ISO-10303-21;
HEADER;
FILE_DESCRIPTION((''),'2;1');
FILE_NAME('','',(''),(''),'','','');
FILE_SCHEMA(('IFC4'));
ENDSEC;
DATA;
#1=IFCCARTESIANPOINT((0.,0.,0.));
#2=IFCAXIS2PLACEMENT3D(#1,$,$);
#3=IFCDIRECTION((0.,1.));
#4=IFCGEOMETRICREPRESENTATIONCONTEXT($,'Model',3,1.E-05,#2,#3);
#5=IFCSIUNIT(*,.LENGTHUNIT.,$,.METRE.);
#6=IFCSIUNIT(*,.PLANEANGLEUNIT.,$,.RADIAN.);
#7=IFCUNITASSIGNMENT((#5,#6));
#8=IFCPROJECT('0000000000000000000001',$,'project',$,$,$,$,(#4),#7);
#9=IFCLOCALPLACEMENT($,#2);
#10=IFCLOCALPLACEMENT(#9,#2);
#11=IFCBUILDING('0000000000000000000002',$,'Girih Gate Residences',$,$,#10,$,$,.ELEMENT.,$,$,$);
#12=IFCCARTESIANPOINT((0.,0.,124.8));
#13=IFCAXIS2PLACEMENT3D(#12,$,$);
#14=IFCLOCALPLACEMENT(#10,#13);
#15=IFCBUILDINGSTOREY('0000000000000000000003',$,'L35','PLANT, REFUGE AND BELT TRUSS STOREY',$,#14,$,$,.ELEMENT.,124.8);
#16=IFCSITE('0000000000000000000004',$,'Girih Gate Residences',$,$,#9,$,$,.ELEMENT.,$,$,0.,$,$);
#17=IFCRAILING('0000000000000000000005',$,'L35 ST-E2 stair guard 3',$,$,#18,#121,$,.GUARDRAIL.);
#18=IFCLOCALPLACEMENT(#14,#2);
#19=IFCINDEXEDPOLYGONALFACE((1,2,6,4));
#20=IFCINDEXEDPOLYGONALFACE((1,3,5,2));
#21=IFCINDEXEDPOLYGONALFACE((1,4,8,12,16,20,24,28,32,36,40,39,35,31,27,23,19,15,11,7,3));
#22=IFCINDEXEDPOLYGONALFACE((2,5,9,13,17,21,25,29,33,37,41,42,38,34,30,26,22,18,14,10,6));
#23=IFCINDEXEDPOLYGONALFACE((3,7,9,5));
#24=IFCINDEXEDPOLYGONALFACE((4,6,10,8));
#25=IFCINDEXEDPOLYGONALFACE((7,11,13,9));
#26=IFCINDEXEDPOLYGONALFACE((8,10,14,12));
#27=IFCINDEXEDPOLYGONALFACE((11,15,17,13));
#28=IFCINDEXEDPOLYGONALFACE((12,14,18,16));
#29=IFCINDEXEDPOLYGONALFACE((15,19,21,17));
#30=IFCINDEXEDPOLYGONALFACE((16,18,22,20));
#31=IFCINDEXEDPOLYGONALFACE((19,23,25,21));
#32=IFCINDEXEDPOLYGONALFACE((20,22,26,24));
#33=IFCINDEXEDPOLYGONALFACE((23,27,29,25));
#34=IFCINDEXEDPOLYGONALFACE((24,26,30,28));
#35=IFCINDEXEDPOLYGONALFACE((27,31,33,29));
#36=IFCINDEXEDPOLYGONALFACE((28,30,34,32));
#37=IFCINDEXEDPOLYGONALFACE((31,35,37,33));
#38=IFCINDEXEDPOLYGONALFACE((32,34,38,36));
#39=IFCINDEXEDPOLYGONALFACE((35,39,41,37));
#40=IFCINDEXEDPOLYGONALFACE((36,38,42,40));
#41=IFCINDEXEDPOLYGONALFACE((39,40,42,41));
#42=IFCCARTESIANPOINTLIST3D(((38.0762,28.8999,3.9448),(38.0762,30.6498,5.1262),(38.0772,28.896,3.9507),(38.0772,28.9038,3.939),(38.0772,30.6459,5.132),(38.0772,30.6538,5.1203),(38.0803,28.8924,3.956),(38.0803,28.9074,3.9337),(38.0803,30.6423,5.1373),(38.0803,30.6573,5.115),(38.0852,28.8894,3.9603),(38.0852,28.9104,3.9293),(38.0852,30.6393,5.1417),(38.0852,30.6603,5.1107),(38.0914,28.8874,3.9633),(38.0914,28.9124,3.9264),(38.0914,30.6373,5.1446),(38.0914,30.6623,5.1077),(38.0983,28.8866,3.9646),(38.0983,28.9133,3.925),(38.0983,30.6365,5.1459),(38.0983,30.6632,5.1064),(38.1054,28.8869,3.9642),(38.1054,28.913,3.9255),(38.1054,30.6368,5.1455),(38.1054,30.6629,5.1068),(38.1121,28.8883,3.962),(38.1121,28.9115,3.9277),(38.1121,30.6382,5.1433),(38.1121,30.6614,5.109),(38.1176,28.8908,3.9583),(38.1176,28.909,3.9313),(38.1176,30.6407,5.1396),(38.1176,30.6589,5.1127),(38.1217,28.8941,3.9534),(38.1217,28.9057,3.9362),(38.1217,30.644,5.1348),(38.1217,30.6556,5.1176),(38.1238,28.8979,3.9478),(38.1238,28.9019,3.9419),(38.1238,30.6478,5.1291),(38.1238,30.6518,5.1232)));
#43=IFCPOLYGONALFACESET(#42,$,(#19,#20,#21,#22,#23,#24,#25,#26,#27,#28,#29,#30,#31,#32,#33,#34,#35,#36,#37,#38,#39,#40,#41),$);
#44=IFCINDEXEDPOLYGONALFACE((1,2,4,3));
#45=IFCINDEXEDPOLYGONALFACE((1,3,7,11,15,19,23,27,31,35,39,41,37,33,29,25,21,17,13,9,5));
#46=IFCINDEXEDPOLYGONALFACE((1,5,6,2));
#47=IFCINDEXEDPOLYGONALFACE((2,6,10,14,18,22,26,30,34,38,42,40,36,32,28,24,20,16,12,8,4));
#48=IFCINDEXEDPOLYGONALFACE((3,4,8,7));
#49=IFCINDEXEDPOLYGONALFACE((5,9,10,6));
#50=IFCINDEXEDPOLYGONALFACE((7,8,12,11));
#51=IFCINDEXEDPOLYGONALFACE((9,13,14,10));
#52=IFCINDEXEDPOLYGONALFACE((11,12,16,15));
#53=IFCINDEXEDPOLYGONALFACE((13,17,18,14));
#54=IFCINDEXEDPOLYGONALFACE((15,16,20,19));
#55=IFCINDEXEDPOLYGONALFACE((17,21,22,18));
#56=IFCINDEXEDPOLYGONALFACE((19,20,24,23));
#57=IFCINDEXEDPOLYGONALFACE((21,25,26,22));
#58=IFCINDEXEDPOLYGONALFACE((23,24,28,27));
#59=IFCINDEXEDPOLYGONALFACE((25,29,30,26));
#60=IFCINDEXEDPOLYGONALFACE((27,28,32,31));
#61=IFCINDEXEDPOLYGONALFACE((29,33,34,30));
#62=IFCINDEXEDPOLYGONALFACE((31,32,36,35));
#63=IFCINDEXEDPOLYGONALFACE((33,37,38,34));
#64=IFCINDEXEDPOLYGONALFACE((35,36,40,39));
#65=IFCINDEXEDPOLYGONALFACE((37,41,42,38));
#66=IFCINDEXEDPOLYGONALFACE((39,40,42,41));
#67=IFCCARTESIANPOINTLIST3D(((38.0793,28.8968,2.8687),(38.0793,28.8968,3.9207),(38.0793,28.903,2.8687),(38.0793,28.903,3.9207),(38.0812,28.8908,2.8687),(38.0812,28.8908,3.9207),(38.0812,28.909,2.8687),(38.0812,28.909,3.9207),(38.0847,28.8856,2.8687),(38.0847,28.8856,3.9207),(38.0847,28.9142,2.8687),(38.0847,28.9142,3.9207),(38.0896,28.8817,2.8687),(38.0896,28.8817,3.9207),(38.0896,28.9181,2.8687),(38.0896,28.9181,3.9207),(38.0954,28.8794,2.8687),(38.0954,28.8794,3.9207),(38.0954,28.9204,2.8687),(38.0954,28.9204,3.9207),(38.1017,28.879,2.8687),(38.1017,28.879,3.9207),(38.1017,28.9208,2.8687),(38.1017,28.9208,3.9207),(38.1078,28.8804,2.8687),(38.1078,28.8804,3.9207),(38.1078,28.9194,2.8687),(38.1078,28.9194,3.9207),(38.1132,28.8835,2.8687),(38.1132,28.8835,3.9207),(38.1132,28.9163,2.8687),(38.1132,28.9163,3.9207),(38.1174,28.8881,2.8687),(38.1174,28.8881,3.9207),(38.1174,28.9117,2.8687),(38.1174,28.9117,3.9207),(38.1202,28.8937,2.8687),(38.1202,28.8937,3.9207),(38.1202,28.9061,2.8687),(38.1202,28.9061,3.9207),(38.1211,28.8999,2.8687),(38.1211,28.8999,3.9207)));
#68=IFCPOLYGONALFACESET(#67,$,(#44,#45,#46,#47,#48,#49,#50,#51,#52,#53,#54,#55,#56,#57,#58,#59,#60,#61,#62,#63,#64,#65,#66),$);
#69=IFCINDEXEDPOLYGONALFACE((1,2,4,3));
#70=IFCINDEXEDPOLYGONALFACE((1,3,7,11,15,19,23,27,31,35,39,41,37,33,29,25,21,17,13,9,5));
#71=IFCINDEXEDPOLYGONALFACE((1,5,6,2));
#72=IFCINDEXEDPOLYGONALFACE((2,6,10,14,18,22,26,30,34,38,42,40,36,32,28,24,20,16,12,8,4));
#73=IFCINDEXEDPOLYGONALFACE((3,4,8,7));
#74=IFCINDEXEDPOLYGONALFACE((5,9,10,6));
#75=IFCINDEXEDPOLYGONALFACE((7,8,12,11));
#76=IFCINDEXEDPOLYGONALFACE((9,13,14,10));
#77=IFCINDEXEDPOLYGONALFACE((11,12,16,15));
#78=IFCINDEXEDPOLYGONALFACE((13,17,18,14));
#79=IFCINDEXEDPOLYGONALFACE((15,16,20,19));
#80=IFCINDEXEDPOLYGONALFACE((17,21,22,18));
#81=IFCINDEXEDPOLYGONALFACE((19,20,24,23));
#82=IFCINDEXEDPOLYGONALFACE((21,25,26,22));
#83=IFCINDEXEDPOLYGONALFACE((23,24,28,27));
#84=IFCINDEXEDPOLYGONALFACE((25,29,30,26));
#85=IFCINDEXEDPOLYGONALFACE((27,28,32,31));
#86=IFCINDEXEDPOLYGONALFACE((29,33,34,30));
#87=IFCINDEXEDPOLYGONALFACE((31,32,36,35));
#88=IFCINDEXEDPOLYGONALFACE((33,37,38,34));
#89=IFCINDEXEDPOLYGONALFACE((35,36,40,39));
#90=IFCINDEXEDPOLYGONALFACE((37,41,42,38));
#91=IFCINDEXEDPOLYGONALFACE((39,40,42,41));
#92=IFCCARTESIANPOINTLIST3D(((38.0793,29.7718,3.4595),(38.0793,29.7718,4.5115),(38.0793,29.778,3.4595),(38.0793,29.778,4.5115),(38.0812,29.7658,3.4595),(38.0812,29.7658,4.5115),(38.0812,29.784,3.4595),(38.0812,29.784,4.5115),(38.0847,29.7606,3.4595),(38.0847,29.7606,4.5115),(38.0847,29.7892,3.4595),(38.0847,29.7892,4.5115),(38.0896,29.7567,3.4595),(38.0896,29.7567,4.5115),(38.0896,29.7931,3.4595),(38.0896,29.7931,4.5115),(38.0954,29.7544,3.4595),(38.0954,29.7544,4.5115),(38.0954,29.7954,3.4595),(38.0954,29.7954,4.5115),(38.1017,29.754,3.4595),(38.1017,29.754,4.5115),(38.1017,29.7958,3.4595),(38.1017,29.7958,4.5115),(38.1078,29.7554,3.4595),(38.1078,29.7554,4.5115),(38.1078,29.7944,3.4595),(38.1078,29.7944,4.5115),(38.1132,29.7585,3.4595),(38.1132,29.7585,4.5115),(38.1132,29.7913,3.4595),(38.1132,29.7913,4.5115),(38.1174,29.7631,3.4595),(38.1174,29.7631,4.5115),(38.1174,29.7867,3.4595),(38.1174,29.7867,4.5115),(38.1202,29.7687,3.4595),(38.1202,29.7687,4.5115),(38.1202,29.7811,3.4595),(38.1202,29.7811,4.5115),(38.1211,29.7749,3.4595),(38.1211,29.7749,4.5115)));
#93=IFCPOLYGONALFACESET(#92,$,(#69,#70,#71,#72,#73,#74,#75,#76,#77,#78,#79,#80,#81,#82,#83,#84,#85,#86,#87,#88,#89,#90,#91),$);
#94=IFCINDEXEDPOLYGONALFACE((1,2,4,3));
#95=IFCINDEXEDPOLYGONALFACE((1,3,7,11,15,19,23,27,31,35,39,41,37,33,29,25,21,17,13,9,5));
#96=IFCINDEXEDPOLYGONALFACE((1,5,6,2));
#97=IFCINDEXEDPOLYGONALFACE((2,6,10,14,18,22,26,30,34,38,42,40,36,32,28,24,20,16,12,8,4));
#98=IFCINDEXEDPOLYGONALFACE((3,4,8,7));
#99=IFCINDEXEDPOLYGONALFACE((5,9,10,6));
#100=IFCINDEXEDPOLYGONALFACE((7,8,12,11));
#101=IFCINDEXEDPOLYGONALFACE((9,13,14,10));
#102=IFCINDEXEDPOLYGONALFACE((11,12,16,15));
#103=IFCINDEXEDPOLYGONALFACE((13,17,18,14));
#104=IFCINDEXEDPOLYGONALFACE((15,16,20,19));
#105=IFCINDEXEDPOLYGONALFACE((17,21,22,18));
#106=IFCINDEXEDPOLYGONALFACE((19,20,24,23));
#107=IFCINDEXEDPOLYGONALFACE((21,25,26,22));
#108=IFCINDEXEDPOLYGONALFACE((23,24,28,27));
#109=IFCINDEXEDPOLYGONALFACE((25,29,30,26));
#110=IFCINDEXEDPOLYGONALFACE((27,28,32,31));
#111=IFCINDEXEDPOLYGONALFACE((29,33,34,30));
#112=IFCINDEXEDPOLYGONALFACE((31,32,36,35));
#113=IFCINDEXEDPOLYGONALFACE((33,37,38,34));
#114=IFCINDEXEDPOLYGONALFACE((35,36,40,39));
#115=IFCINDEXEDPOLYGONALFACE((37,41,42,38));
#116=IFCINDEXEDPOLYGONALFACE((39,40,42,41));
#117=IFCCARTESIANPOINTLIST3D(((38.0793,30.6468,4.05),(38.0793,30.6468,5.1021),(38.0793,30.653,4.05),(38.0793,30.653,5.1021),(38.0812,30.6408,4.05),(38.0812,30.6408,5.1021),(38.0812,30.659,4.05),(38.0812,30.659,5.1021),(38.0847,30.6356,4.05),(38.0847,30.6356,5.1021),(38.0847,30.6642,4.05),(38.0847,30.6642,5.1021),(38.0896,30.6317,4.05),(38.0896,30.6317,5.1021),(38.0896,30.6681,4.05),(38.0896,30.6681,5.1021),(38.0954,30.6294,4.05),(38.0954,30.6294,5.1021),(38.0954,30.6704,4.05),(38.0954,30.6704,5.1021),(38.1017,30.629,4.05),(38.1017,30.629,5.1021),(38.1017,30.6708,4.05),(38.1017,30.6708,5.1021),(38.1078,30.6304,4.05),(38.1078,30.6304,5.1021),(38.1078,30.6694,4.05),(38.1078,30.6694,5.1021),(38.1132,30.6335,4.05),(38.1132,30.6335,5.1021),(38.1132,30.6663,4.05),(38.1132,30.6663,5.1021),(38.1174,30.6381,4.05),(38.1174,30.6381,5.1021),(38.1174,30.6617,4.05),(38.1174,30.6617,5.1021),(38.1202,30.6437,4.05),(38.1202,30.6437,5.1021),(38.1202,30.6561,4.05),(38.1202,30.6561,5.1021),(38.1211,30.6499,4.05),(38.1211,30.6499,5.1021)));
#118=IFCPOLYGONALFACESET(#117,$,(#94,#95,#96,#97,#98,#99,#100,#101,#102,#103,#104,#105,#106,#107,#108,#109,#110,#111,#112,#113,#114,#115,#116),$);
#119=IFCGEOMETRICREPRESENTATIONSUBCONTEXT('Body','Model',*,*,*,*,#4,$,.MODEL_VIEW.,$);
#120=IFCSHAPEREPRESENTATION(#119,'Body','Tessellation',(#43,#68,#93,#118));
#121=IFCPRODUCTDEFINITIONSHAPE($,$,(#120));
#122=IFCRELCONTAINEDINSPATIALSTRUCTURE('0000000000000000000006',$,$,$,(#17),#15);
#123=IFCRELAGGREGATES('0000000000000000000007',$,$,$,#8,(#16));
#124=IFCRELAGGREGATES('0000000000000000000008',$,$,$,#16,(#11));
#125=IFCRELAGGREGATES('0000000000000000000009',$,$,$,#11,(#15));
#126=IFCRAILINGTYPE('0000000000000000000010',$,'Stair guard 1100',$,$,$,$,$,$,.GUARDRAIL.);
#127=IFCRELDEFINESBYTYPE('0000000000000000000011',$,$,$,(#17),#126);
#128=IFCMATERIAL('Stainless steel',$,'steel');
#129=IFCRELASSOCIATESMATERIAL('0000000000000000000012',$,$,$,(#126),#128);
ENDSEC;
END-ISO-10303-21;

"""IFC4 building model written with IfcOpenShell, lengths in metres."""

from ifc_helpers import new_model, si_unit, direction, frame, origin, origin_2d, place, context, subcontext, project, spatial, circle, extrude, material, type_object, element, save


model = new_model("IFC4")

# Units and contexts
model_context = context("Model", 3, precision=1e-05, world=origin(), true_north=direction((0.0, 1.0)))
body_context = subcontext(model_context, "Body", "Model", "MODEL_VIEW")
ifc_project = project(units=[si_unit("LENGTHUNIT", "METRE"), si_unit("PLANEANGLEUNIT", "RADIAN")], contexts=[model_context])

# Site, building, storey
site_placement = place(None, origin())
site = spatial("IfcSite", under=ifc_project, at=site_placement, Name="Girih Gate Residences", CompositionType="ELEMENT", RefElevation=0.0)
building_placement = place(site_placement, origin())
building = spatial("IfcBuilding", under=site, at=building_placement, Name="Girih Gate Residences", CompositionType="ELEMENT")
storey_placement = place(building_placement, frame((0.0, 0.0, 124.8)))
storey = spatial("IfcBuildingStorey", under=building, at=storey_placement, Name="L35", Description="PLANT, REFUGE AND BELT TRUSS STOREY", CompositionType="ELEMENT", Elevation=124.8)

# Railing
ifc_material_1 = material(Name="Stainless steel", Category="steel")
railing_type_1 = type_object("IfcRailingType", Name="Stair guard 1100", PredefinedType="GUARDRAIL", material=ifc_material_1)
railing_1_placement = place(storey_placement, frame((38.1001, 28.8999, 2.8687)))
element("IfcRailing", 1, at=railing_1_placement, inside=storey, type_object=railing_type_1, Name="L35 ST-E2 stair guard 3", PredefinedType="GUARDRAIL", context=body_context, shape_type="SweptSolid", body=[
    extrude(circle(Radius=0.0239, at=origin_2d()), frame((0.0, 0.0, 1.0762), z_axis=(0.0, 0.828817, 0.559521), x_axis=(-1.0, 0.0, 0.0)), (0.0, 0.0, 1.0), 2.1113),
    extrude(circle(Radius=0.021, at=origin_2d()), origin(), (0.0, 0.0, 1.0), 1.052),
    extrude(circle(Radius=0.021, at=origin_2d()), frame((0.0, 0.875, 0.5908)), (0.0, 0.0, 1.0), 1.052),
    extrude(circle(Radius=0.021, at=origin_2d()), frame((0.0, 1.75, 1.1814)), (0.0, 0.0, 1.0), 1.052),
])

save(model, "model.ifc")
